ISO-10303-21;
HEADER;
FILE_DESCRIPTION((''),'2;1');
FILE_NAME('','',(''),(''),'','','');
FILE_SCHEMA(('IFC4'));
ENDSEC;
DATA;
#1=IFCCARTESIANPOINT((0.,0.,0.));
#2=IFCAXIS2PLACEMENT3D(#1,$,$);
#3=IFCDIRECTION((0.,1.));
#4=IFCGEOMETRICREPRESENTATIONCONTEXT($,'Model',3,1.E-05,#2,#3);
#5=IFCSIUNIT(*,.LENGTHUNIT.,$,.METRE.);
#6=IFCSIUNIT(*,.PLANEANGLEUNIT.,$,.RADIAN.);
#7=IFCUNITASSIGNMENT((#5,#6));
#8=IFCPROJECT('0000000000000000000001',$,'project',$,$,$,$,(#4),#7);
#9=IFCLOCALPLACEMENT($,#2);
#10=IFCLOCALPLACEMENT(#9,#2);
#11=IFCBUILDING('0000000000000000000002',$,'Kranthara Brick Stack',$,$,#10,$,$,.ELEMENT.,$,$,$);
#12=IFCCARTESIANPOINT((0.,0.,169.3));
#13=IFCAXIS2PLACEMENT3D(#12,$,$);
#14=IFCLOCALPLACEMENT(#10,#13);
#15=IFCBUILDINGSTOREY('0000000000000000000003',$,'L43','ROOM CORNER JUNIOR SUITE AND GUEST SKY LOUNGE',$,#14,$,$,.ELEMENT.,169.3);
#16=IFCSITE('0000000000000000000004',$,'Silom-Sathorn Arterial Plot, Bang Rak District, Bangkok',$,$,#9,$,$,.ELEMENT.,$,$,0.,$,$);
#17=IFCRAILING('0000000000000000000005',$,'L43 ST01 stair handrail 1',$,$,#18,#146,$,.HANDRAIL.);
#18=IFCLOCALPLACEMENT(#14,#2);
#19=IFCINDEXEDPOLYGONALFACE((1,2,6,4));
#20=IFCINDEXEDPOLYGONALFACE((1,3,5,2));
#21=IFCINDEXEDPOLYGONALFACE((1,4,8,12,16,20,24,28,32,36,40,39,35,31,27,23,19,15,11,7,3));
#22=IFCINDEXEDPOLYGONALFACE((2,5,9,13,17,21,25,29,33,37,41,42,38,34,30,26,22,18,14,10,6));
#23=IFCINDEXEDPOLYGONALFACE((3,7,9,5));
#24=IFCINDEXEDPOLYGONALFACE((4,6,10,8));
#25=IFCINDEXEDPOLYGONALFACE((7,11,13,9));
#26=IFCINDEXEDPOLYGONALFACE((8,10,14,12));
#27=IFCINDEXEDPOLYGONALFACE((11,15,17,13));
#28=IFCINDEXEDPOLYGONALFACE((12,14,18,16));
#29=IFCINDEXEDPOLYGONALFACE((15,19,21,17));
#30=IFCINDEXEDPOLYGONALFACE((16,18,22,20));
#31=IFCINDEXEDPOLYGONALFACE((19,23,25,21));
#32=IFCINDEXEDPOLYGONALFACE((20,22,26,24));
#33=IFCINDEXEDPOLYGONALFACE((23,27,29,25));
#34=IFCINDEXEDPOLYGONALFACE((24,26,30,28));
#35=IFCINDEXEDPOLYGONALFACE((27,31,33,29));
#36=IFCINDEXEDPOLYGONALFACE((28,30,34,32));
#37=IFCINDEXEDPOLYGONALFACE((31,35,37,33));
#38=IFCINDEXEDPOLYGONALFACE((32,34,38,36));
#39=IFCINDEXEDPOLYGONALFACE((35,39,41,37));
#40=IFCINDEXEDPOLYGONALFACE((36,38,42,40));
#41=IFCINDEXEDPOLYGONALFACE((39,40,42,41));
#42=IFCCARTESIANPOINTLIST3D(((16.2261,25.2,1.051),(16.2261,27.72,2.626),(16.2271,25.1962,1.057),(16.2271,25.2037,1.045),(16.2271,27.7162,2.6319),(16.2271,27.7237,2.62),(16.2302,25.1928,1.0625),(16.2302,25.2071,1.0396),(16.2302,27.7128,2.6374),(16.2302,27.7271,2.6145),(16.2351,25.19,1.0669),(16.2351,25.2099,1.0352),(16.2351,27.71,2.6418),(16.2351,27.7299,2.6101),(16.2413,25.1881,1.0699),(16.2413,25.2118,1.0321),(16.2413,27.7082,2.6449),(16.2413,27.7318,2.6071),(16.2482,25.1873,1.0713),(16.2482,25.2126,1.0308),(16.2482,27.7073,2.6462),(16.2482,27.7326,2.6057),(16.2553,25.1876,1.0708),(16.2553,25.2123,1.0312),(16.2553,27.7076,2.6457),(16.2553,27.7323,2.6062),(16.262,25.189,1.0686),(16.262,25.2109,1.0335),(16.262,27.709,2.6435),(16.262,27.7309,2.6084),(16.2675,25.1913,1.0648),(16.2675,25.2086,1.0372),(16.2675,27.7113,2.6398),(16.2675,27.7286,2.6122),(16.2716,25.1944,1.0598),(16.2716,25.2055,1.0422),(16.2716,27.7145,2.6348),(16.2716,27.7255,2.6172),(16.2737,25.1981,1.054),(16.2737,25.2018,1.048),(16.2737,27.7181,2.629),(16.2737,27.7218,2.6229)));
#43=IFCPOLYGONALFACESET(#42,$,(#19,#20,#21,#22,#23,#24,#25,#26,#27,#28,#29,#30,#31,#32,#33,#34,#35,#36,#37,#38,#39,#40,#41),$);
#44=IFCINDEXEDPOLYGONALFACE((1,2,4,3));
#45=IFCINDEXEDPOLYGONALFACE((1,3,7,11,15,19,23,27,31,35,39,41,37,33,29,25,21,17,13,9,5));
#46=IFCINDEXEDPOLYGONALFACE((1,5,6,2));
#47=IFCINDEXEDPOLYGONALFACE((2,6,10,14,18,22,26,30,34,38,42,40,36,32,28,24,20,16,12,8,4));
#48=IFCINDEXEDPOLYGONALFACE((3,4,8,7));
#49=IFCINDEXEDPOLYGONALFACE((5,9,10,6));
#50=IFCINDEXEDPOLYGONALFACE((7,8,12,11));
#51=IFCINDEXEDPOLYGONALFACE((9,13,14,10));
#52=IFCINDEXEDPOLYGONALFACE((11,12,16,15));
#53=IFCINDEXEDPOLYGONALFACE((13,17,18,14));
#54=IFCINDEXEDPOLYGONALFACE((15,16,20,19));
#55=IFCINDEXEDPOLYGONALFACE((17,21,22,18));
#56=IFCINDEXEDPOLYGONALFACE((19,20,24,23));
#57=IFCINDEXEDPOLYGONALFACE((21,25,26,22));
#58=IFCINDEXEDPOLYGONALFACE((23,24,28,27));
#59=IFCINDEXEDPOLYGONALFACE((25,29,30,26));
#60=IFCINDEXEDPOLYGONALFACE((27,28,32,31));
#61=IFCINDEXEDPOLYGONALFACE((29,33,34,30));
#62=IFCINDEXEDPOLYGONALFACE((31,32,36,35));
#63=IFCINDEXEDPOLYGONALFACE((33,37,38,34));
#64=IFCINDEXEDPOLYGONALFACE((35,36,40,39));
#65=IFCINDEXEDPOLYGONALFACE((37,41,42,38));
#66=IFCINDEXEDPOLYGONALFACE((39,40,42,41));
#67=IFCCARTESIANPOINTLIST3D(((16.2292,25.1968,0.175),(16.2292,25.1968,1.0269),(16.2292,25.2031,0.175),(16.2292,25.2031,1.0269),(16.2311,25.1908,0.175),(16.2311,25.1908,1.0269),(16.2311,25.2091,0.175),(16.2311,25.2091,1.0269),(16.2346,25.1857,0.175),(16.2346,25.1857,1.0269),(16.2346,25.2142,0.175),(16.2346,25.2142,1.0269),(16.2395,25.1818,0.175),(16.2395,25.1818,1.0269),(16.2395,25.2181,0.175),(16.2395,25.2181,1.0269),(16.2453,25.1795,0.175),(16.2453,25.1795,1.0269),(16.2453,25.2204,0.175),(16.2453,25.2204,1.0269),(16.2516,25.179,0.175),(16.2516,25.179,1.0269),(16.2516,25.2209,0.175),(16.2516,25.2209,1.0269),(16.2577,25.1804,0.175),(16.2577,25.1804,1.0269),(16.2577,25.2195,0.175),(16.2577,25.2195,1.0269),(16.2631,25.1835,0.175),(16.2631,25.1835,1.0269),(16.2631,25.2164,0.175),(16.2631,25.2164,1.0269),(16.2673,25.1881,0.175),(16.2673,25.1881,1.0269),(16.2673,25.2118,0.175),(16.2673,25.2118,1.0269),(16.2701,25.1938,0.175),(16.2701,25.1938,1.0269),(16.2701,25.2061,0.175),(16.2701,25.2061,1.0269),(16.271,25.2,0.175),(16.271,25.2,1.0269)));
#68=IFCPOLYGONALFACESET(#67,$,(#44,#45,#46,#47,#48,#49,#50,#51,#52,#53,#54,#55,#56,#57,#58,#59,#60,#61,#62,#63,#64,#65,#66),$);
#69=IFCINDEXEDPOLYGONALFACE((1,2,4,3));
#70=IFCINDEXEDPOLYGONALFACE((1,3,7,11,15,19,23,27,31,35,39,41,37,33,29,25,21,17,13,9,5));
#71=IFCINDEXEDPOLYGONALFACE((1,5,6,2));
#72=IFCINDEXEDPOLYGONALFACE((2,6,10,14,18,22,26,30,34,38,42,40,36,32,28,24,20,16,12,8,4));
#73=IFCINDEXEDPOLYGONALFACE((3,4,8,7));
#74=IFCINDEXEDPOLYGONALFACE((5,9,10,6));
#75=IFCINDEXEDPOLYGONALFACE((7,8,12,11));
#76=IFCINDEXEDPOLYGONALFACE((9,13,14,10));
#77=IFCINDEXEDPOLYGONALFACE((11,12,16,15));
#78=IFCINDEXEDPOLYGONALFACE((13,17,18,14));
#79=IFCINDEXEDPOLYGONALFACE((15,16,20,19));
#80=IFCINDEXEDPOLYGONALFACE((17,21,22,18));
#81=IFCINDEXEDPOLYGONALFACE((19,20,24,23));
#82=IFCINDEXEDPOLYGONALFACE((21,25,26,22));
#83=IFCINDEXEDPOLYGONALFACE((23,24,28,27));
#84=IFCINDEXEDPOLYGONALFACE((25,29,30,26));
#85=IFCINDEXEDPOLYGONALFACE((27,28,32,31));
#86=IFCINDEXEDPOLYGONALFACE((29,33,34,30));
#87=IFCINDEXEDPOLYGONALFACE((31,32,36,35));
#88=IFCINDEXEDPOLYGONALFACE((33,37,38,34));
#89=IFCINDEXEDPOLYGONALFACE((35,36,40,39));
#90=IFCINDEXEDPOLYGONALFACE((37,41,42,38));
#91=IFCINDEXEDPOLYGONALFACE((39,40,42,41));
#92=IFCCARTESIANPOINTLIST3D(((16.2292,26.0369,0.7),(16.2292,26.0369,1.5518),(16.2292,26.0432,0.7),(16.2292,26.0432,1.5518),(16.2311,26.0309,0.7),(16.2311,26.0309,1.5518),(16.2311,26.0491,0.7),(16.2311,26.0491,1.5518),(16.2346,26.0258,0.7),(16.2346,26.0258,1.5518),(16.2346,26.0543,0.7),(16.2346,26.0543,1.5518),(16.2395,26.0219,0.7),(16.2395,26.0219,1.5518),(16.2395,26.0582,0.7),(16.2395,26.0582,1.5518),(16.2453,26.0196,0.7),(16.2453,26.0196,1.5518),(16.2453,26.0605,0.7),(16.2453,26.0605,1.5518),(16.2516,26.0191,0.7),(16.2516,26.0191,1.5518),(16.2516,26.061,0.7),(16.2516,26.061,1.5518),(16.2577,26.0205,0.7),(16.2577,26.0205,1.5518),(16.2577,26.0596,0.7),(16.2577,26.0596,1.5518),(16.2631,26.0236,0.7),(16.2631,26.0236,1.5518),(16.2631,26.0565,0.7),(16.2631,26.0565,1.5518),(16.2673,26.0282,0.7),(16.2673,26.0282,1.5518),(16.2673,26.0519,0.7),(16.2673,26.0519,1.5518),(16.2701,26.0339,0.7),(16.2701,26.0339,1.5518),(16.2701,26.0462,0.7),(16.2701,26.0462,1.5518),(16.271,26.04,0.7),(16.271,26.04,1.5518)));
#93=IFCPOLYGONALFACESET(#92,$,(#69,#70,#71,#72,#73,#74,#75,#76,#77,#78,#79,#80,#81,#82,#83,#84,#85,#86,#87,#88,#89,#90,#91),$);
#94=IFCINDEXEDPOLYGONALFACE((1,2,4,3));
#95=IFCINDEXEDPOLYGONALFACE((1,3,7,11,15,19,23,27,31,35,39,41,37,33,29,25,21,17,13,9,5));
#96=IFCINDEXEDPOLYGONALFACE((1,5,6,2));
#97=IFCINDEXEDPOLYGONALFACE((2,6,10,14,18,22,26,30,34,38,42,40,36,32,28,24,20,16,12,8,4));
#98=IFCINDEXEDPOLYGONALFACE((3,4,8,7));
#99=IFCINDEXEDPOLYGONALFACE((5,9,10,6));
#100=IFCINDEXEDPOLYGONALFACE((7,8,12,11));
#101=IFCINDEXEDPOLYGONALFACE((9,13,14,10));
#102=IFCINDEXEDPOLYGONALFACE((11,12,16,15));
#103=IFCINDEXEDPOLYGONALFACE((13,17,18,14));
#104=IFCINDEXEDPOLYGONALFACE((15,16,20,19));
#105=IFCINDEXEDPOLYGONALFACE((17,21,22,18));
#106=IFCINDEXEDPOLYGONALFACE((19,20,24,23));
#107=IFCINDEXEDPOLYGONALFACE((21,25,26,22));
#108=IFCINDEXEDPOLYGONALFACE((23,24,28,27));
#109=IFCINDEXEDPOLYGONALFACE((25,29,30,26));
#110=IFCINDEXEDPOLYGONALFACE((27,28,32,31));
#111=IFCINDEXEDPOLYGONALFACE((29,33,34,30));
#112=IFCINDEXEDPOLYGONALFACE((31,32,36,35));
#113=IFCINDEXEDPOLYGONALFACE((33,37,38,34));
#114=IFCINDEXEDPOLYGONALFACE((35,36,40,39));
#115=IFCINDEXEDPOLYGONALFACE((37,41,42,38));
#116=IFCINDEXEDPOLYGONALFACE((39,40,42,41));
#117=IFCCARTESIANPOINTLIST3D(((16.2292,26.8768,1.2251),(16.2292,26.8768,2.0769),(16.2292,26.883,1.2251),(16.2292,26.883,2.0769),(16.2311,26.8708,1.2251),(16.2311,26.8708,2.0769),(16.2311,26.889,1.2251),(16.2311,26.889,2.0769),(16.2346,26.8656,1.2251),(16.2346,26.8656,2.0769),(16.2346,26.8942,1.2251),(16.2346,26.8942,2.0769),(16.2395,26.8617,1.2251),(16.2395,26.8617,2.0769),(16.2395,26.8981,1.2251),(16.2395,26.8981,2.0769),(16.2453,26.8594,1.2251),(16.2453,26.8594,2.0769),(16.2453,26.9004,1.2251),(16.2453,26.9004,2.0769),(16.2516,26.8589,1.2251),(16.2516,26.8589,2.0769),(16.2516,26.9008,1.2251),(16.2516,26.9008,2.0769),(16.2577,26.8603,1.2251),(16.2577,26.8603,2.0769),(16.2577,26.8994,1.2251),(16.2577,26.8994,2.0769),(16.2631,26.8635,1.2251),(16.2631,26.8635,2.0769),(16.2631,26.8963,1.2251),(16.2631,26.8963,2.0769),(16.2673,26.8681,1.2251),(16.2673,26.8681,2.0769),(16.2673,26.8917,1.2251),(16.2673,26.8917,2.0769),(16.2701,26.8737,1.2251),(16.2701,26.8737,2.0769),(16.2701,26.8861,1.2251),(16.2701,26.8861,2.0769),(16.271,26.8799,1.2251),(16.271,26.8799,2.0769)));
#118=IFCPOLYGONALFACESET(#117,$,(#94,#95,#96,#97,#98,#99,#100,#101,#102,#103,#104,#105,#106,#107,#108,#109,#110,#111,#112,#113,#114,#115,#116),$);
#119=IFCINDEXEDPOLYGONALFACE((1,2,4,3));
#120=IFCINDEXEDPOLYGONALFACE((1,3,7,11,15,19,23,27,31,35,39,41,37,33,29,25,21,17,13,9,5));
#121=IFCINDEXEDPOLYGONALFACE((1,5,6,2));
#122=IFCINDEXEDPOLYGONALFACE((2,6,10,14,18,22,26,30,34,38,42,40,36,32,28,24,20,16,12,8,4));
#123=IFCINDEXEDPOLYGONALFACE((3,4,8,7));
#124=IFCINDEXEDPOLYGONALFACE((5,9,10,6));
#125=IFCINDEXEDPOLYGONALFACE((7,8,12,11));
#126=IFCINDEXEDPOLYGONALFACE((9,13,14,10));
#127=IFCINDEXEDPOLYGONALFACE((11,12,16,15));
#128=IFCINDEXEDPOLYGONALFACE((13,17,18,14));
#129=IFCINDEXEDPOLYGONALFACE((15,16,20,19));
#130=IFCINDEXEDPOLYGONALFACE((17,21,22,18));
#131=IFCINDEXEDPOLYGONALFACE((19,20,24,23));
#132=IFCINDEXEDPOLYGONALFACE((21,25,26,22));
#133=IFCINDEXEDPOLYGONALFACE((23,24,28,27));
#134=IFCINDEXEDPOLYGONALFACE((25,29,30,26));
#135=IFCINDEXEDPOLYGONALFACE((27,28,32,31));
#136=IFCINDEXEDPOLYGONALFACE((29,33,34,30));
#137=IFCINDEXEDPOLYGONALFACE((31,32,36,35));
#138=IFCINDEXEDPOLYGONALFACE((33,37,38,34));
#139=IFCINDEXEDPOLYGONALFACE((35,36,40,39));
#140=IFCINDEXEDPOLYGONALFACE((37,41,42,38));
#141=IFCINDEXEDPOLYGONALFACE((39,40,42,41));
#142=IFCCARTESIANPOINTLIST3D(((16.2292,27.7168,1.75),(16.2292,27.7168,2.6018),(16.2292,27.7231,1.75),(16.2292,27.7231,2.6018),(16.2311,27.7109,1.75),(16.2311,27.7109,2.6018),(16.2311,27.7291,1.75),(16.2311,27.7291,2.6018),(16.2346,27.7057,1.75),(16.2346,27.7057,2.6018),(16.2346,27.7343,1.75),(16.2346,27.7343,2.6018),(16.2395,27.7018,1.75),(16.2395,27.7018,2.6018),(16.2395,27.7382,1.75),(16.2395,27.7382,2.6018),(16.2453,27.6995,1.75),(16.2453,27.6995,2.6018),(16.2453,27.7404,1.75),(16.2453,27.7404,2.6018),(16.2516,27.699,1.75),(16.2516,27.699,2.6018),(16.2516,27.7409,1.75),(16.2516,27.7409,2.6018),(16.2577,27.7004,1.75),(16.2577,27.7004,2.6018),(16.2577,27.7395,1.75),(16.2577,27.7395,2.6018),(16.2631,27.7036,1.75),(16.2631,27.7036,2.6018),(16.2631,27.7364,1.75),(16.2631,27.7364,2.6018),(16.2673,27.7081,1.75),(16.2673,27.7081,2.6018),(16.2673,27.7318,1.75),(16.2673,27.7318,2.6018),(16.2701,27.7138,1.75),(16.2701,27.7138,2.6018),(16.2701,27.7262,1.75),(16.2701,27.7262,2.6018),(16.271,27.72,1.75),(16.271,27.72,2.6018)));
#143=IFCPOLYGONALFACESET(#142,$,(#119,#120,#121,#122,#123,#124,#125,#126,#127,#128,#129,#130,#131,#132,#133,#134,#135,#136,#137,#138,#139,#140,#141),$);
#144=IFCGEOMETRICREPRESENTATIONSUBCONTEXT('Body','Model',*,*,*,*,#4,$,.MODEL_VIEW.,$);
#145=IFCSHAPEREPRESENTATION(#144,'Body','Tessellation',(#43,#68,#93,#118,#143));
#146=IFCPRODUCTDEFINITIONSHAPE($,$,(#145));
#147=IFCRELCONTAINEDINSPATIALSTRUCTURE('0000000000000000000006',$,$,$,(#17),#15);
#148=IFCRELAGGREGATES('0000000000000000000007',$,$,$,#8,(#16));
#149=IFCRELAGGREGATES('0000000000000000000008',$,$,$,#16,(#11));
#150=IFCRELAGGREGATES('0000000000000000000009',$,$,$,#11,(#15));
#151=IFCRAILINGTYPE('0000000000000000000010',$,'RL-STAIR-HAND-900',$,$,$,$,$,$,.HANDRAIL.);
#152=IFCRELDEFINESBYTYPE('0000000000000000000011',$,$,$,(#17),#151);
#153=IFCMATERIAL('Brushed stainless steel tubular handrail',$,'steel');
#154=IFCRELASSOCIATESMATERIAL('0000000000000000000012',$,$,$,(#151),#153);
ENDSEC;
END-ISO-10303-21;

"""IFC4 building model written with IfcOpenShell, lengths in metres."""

from ifc_helpers import new_model, si_unit, direction, frame, origin, origin_2d, place, context, subcontext, project, spatial, circle, extrude, material, type_object, element, save


model = new_model("IFC4")

# Units and contexts
model_context = context("Model", 3, precision=1e-05, world=origin(), true_north=direction((0.0, 1.0)))
body_context = subcontext(model_context, "Body", "Model", "MODEL_VIEW")
ifc_project = project(units=[si_unit("LENGTHUNIT", "METRE"), si_unit("PLANEANGLEUNIT", "RADIAN")], contexts=[model_context])

# Site, building, storey
site_placement = place(None, origin())
site = spatial("IfcSite", under=ifc_project, at=site_placement, Name="Silom-Sathorn Arterial Plot, Bang Rak District, Bangkok", CompositionType="ELEMENT", RefElevation=0.0)
building_placement = place(site_placement, origin())
building = spatial("IfcBuilding", under=site, at=building_placement, Name="Kranthara Brick Stack", CompositionType="ELEMENT")
storey_placement = place(building_placement, frame((0.0, 0.0, 169.3)))
storey = spatial("IfcBuildingStorey", under=building, at=storey_placement, Name="L43", Description="ROOM CORNER JUNIOR SUITE AND GUEST SKY LOUNGE", CompositionType="ELEMENT", Elevation=169.3)

# Railing
ifc_material_1 = material(Name="Brushed stainless steel tubular handrail", Category="steel")
railing_type_1 = type_object("IfcRailingType", Name="RL-STAIR-HAND-900", PredefinedType="HANDRAIL", material=ifc_material_1)
railing_1_placement = place(storey_placement, frame((16.25, 25.2, 0.175)))
element("IfcRailing", 1, at=railing_1_placement, inside=storey, type_object=railing_type_1, Name="L43 ST01 stair handrail 1", PredefinedType="HANDRAIL", context=body_context, shape_type="SweptSolid", body=[
    extrude(circle(Radius=0.0239, at=origin_2d()), frame((0.0, 0.0, 0.876), z_axis=(0.0, 0.848008, 0.529984), x_axis=(-1.0, 0.0, 0.0)), (0.0, 0.0, 1.0), 2.9717),
    extrude(circle(Radius=0.021, at=origin_2d()), origin(), (0.0, 0.0, 1.0), 0.8518),
    extrude(circle(Radius=0.021, at=origin_2d()), frame((0.0, 0.8401, 0.5249)), (0.0, 0.0, 1.0), 0.8518),
    extrude(circle(Radius=0.021, at=origin_2d()), frame((0.0, 1.6799, 1.05)), (0.0, 0.0, 1.0), 0.8518),
    extrude(circle(Radius=0.021, at=origin_2d()), frame((0.0, 2.52, 1.575)), (0.0, 0.0, 1.0), 0.8518),
])

save(model, "model.ifc")
